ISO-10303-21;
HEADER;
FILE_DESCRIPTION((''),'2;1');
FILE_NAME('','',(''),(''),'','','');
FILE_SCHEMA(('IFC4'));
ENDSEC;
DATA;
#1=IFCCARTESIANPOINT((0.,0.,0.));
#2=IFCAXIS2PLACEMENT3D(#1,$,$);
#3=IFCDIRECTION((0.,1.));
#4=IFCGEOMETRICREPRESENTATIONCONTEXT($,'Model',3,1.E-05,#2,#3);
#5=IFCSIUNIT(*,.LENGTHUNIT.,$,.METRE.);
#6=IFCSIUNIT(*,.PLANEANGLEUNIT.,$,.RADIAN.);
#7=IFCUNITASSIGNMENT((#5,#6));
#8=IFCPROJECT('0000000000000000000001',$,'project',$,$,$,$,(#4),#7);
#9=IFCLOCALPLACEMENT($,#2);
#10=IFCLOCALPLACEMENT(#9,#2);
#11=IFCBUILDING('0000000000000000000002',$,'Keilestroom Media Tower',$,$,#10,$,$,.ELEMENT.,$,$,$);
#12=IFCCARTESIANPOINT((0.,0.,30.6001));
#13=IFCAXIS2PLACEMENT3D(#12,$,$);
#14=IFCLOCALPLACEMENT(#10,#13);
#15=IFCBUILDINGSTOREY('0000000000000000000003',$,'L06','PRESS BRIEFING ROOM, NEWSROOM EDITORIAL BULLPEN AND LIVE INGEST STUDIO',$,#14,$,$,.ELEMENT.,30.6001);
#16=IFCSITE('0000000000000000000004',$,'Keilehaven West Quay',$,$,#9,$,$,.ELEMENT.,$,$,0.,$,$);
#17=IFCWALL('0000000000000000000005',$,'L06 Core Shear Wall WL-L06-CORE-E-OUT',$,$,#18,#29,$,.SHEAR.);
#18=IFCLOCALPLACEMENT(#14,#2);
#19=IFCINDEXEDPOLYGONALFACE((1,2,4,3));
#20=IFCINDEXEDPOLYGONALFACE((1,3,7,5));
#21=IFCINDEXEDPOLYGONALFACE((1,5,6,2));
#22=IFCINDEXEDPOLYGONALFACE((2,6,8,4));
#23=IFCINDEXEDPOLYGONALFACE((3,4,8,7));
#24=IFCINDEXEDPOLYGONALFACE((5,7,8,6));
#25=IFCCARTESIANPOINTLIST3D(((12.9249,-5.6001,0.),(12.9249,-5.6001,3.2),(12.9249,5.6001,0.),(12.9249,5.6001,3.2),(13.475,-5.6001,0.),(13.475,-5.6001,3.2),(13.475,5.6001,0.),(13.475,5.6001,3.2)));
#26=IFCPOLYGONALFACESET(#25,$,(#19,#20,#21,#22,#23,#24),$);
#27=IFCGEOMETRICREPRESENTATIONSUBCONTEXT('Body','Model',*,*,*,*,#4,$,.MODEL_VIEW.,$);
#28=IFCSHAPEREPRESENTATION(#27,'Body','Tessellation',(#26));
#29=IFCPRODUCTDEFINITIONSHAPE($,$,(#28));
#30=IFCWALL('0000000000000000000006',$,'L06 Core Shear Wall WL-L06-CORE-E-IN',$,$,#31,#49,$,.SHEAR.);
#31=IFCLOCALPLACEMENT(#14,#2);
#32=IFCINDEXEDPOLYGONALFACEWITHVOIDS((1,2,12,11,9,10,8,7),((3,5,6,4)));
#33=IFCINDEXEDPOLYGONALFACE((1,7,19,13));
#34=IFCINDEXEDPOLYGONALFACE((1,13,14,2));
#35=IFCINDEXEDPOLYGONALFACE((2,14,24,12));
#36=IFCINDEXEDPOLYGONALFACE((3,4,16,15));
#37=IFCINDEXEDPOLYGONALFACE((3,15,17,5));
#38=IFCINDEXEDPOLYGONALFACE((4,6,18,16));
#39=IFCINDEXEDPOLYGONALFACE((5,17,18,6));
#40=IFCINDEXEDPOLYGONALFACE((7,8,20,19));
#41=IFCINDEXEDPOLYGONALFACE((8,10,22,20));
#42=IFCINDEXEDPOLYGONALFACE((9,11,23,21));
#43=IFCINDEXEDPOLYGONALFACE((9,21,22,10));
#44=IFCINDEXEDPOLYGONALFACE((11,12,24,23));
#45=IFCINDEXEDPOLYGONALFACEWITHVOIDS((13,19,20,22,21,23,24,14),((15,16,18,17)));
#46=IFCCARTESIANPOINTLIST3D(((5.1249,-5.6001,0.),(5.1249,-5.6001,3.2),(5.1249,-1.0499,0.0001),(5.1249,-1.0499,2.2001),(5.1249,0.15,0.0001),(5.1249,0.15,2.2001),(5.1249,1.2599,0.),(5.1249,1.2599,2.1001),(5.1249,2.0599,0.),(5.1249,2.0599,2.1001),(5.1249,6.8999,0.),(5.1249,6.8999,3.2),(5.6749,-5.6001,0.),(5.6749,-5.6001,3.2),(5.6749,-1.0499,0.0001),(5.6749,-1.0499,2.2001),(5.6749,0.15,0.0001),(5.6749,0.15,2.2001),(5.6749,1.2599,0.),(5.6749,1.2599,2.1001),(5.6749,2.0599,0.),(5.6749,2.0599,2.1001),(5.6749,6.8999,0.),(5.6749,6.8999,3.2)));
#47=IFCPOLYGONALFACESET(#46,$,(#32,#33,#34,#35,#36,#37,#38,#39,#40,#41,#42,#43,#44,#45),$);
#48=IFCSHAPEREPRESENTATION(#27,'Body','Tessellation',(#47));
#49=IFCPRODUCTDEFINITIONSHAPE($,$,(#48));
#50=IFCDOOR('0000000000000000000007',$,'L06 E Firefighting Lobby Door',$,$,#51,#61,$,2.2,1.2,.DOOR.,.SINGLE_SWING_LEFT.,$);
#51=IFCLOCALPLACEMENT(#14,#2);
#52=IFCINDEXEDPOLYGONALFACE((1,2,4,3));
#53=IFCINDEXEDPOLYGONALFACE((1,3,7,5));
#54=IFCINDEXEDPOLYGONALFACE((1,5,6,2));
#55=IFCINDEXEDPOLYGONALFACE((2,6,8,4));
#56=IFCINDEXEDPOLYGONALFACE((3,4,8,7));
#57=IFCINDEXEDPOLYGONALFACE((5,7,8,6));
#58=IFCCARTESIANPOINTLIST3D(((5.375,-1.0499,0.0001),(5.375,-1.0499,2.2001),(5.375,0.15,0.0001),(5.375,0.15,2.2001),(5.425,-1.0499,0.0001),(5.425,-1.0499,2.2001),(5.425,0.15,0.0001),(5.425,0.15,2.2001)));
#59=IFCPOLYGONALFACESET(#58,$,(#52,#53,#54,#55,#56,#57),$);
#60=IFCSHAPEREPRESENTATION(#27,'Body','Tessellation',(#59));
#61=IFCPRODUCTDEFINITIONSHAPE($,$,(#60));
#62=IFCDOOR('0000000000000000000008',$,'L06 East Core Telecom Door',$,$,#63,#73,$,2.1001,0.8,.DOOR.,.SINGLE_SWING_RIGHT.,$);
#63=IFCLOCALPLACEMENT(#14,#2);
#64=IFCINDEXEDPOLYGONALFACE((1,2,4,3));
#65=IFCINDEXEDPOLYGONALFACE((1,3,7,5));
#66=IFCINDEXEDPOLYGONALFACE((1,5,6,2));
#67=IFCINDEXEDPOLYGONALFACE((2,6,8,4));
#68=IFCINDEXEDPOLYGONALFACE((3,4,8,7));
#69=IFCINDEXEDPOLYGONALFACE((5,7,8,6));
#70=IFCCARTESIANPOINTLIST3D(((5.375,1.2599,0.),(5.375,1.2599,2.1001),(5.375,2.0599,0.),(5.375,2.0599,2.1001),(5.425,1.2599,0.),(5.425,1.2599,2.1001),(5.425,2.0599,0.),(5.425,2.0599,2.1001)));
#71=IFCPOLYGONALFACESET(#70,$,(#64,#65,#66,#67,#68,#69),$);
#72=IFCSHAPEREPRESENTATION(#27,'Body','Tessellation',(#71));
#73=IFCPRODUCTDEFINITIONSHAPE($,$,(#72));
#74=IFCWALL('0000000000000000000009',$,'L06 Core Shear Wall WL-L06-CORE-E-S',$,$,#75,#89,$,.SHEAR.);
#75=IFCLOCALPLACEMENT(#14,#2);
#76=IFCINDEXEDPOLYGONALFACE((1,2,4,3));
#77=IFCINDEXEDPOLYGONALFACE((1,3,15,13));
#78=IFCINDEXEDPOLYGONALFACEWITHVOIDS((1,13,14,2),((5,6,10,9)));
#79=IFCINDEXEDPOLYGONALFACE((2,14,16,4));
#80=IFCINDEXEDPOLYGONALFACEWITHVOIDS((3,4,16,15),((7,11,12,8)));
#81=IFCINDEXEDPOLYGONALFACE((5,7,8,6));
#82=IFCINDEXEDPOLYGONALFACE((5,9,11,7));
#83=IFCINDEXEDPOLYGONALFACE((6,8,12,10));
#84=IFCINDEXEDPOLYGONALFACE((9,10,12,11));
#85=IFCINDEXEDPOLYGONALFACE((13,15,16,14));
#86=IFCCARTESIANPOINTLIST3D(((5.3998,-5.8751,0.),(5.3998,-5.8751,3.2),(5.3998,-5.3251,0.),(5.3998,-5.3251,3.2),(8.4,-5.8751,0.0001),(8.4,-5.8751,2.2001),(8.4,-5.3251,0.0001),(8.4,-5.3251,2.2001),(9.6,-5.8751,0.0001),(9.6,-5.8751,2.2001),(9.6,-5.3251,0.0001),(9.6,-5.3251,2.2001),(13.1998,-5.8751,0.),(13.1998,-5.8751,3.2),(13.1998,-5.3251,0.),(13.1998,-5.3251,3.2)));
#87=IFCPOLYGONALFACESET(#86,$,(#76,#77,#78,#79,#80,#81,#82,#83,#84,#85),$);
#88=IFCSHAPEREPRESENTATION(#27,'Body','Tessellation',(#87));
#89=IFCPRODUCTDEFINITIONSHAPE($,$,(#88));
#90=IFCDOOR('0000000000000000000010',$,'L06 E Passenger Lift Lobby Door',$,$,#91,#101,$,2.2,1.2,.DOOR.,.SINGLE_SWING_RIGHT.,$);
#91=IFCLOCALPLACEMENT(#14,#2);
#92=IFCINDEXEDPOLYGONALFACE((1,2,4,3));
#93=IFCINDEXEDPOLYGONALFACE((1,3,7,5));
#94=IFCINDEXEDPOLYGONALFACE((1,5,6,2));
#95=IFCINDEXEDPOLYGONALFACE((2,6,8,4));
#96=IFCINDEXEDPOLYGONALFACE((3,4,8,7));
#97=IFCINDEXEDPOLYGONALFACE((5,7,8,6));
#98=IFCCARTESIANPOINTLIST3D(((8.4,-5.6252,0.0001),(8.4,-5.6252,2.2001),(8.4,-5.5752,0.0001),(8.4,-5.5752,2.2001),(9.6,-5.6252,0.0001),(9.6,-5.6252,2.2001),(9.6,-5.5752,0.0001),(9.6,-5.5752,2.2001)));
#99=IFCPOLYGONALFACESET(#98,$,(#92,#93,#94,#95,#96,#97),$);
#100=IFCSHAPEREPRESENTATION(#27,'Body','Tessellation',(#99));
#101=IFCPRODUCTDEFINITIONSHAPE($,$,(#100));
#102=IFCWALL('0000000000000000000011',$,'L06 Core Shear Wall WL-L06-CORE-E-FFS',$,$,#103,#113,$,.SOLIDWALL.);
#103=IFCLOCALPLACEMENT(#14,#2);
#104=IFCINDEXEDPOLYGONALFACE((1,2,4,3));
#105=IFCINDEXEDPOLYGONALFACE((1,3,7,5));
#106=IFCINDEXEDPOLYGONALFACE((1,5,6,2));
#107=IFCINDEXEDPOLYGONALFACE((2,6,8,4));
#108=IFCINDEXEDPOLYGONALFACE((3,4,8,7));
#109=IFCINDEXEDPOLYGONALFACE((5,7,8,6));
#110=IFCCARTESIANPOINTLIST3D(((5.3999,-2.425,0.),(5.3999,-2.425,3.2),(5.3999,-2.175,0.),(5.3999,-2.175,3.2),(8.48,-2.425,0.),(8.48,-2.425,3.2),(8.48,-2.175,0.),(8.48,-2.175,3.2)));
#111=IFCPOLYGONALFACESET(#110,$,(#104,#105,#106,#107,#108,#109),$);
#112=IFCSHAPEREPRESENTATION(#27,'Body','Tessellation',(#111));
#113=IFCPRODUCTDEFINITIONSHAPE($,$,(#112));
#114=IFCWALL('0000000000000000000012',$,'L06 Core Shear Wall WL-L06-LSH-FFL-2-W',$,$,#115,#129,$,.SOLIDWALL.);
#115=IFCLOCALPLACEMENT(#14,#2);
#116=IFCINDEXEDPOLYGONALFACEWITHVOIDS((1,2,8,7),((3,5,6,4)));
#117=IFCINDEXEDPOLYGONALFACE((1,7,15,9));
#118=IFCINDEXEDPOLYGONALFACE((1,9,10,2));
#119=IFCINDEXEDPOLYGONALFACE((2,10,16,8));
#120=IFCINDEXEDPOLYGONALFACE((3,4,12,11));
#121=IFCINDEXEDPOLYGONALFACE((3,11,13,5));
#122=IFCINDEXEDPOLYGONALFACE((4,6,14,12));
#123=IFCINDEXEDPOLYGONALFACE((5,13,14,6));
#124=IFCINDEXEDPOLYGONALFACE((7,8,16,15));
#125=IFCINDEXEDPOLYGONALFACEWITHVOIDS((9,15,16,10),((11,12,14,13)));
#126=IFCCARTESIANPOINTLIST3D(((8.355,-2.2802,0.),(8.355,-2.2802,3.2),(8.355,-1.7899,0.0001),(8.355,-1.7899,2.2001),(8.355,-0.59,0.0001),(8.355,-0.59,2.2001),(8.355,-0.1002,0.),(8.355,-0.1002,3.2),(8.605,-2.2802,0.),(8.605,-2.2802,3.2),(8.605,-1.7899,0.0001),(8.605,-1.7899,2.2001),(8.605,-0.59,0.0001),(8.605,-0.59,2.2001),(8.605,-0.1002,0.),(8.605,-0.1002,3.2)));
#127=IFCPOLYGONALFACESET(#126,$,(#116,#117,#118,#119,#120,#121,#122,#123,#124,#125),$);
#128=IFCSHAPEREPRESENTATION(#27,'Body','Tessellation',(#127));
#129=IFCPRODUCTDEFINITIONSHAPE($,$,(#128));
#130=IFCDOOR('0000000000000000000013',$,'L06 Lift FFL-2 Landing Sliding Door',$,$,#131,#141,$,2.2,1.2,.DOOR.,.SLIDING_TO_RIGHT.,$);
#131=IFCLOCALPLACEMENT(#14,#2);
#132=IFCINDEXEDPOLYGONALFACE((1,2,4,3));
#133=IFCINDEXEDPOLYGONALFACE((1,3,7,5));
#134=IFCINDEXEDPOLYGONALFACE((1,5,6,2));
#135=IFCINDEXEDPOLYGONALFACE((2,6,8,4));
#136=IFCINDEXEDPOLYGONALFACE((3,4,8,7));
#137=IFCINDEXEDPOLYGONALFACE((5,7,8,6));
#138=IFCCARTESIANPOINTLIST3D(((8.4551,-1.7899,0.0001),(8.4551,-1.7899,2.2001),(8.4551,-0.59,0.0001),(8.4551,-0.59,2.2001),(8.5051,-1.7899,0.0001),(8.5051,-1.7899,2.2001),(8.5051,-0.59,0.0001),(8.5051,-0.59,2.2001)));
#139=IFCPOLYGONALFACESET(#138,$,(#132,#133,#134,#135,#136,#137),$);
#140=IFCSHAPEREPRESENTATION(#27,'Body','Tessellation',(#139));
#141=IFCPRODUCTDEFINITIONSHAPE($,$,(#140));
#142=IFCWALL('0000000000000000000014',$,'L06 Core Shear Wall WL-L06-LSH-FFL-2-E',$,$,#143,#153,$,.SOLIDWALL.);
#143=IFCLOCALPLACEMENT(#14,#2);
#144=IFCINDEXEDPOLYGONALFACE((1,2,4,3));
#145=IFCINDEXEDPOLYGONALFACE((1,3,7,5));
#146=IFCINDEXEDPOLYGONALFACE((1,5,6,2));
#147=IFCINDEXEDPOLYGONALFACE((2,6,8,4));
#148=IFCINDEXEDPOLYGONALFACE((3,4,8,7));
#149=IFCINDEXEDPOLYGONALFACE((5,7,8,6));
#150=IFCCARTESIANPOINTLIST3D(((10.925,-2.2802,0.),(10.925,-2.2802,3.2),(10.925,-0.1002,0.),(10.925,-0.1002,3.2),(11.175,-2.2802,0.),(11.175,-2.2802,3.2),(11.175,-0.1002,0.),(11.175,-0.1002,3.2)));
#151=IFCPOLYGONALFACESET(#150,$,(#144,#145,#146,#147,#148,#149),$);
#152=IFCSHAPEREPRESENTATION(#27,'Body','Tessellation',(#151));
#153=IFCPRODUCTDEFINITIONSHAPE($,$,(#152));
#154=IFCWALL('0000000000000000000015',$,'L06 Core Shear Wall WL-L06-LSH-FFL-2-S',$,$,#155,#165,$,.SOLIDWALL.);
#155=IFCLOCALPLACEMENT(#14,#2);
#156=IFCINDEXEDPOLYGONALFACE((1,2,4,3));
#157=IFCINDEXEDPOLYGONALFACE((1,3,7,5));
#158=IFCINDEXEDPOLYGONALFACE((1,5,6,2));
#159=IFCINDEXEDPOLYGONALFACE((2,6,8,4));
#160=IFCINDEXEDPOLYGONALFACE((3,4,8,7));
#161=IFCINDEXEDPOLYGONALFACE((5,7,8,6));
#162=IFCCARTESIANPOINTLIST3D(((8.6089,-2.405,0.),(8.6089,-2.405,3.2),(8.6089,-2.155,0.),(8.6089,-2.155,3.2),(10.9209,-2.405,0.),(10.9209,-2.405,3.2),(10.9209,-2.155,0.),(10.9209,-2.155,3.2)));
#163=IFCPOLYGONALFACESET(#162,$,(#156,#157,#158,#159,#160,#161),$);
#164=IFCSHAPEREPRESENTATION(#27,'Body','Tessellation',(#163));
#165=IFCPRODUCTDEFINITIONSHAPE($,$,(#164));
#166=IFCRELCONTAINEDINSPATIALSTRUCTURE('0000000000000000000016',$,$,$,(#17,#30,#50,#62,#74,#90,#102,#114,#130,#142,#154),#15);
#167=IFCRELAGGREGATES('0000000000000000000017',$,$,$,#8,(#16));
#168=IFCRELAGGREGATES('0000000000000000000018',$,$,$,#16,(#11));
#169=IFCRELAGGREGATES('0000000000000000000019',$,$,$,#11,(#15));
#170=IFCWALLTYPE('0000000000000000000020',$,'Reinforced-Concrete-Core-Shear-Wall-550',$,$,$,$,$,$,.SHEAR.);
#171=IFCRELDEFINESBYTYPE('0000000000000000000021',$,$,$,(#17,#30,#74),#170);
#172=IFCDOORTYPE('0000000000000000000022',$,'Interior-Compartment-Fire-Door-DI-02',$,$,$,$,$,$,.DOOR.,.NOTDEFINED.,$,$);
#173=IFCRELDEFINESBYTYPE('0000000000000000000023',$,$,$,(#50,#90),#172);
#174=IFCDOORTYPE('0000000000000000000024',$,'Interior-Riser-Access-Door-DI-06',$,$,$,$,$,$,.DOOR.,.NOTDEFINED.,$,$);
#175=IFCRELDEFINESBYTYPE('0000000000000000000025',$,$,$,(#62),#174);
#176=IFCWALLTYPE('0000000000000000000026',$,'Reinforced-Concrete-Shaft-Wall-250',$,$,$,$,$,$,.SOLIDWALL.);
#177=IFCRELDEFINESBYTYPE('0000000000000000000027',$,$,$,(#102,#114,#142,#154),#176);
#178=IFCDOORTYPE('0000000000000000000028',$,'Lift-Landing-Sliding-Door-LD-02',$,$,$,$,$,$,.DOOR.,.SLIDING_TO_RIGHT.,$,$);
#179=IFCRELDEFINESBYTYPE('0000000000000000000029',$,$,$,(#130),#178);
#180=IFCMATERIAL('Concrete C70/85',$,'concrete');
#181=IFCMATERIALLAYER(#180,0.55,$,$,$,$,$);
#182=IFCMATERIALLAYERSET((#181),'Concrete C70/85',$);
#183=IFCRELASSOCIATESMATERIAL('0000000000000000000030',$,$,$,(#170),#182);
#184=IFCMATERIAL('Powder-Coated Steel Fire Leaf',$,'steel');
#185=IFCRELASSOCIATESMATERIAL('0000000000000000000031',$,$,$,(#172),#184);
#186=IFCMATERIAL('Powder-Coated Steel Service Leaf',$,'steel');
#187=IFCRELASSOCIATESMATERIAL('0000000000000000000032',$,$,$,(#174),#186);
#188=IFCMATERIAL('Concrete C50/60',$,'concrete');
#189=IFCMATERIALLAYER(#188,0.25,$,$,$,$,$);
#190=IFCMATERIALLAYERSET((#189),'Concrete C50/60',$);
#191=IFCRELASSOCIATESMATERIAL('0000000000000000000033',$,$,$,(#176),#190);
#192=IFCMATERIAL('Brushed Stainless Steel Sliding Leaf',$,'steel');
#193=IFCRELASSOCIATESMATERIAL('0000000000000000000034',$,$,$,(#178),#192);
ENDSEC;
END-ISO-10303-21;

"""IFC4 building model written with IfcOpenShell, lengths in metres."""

from ifc_helpers import new_model, si_unit, direction, frame, frame_2d, origin, place, context, subcontext, project, spatial, rectangle, extrude, source, transform, mapped, material, layer, layer_set, type_object, element, fill, save


model = new_model("IFC4")

# Units and contexts
model_context = context("Model", 3, precision=1e-05, world=origin(), true_north=direction((0.0, 1.0)))
body_context = subcontext(model_context, "Body", "Model", "MODEL_VIEW")
ifc_project = project(units=[si_unit("LENGTHUNIT", "METRE"), si_unit("PLANEANGLEUNIT", "RADIAN")], contexts=[model_context])

# Site, building, storey
site_placement = place(None, origin())
site = spatial("IfcSite", under=ifc_project, at=site_placement, Name="Keilehaven West Quay", CompositionType="ELEMENT", RefElevation=0.0)
building_placement = place(site_placement, origin())
building = spatial("IfcBuilding", under=site, at=building_placement, Name="Keilestroom Media Tower", CompositionType="ELEMENT")
storey_placement = place(building_placement, frame((0.0, 0.0, 30.6001)))
storey = spatial("IfcBuildingStorey", under=building, at=storey_placement, Name="L06", Description="PRESS BRIEFING ROOM, NEWSROOM EDITORIAL BULLPEN AND LIVE INGEST STUDIO", CompositionType="ELEMENT", Elevation=30.6001)

# Shared definitions
ifc_material_1 = material(Name="Concrete C70/85", Category="concrete")

# Wall
ifc_layer_1 = layer(ifc_material_1, 0.55)
ifc_layer_set_1 = layer_set([ifc_layer_1], Name="Concrete C70/85")
wall_type_1 = type_object("IfcWallType", Name="Reinforced-Concrete-Core-Shear-Wall-550", PredefinedType="SHEAR", material=ifc_layer_set_1)
wall_1_placement = place(storey_placement, frame((13.2, -5.6001, 0.0), z_axis=(0.0, 0.0, 1.0), x_axis=(0.0, 1.0, 0.0)))
element("IfcWall", 1, at=wall_1_placement, inside=storey, type_object=wall_type_1, Name="L06 Core Shear Wall WL-L06-CORE-E-OUT", PredefinedType="SHEAR", context=body_context, shape_type="SweptSolid", body=[
    extrude(rectangle(XDim=11.2002, YDim=0.55, at=frame_2d((5.6001, 0.0))), origin(), (0.0, 0.0, 1.0), 3.2),
])

# Wall, openings, doors
wall_2_placement = place(storey_placement, frame((5.3999, -5.6001, 0.0), z_axis=(0.0, 0.0, 1.0), x_axis=(0.0, 1.0, 0.0)))
wall_2 = element("IfcWall", 2, at=wall_2_placement, inside=storey, type_object=wall_type_1, Name="L06 Core Shear Wall WL-L06-CORE-E-IN", PredefinedType="SHEAR", context=body_context, shape_type="SweptSolid", body=[
    extrude(rectangle(XDim=12.5, YDim=0.55, at=frame_2d((6.25, 0.0))), origin(), (0.0, 0.0, 1.0), 3.2),
])
opening_1_placement = place(wall_2_placement, frame((4.55, 0.0, 0.0)))
opening_1 = element("IfcOpeningElement", 3, at=opening_1_placement, cuts=wall_2, PredefinedType="OPENING", context=body_context, shape_type="SweptSolid", body=[
    extrude(rectangle(XDim=1.2, YDim=2.2, at=frame_2d((0.6001, 1.1001))), frame((0.0, 0.2852, 0.0), z_axis=(0.0, -1.0, 0.0), x_axis=(1.0, 0.0, 0.0)), (0.0, 0.0, 1.0), 0.5701),
])
opening_2_placement = place(wall_2_placement, frame((6.8601, 0.0, 0.0)))
opening_2 = element("IfcOpeningElement", 4, at=opening_2_placement, cuts=wall_2, PredefinedType="OPENING", context=body_context, shape_type="SweptSolid", body=[
    extrude(rectangle(XDim=0.8, YDim=2.1001, at=frame_2d((0.3999, 1.05))), frame((0.0, 0.2852, 0.0), z_axis=(0.0, -1.0, 0.0), x_axis=(1.0, 0.0, 0.0)), (0.0, 0.0, 1.0), 0.5701),
])
ifc_material_2 = material(Name="Powder-Coated Steel Fire Leaf", Category="steel")
door_type_1 = type_object("IfcDoorType", Name="Interior-Compartment-Fire-Door-DI-02", OperationType="NOTDEFINED", PredefinedType="DOOR", material=ifc_material_2)
shared_shape_1 = source(origin(), body_context, "Body", "SweptSolid", [
    extrude(rectangle(XDim=1.2, YDim=2.2, at=frame_2d((0.6001, 1.1001))), frame((0.0, 0.0249, 0.0), z_axis=(0.0, -1.0, 0.0), x_axis=(1.0, 0.0, 0.0)), (0.0, 0.0, 1.0), 0.05),
])
door_1_placement = place(opening_1_placement, origin())
door_1 = element("IfcDoor", 5, at=door_1_placement, inside=storey, type_object=door_type_1, Name="L06 E Firefighting Lobby Door", OperationType="SINGLE_SWING_LEFT", OverallHeight=2.2, OverallWidth=1.2, PredefinedType="DOOR", context=body_context, shape_type="MappedRepresentation", body=[
    mapped(shared_shape_1, transform((0.0, 0.0, 0.0), x_axis=(1.0, 0.0, 0.0), y_axis=(0.0, 1.0, 0.0), z_axis=(0.0, 0.0, 1.0), scale=1.0)),
])
fill(opening_1, door_1)
ifc_material_3 = material(Name="Powder-Coated Steel Service Leaf", Category="steel")
door_type_2 = type_object("IfcDoorType", Name="Interior-Riser-Access-Door-DI-06", OperationType="NOTDEFINED", PredefinedType="DOOR", material=ifc_material_3)
shared_shape_2 = source(origin(), body_context, "Body", "SweptSolid", [
    extrude(rectangle(XDim=0.8, YDim=2.1001, at=frame_2d((0.3999, 1.05))), frame((0.0, 0.0249, 0.0), z_axis=(0.0, -1.0, 0.0), x_axis=(1.0, 0.0, 0.0)), (0.0, 0.0, 1.0), 0.05),
])
door_2_placement = place(opening_2_placement, origin())
door_2 = element("IfcDoor", 6, at=door_2_placement, inside=storey, type_object=door_type_2, Name="L06 East Core Telecom Door", OperationType="SINGLE_SWING_RIGHT", OverallHeight=2.1001, OverallWidth=0.8, PredefinedType="DOOR", context=body_context, shape_type="MappedRepresentation", body=[
    mapped(shared_shape_2, transform((0.0, 0.0, 0.0), x_axis=(1.0, 0.0, 0.0), y_axis=(0.0, 1.0, 0.0), z_axis=(0.0, 0.0, 1.0), scale=1.0)),
])
fill(opening_2, door_2)

# Wall, opening, door
wall_3_placement = place(storey_placement, frame((5.3999, -5.6001, 0.0), z_axis=(0.0, 0.0, 1.0), x_axis=(1.0, 0.0, 0.0)))
wall_3 = element("IfcWall", 7, at=wall_3_placement, inside=storey, type_object=wall_type_1, Name="L06 Core Shear Wall WL-L06-CORE-E-S", PredefinedType="SHEAR", context=body_context, shape_type="SweptSolid", body=[
    extrude(rectangle(XDim=7.8, YDim=0.55, at=frame_2d((3.8999, 0.0))), origin(), (0.0, 0.0, 1.0), 3.2),
])
opening_3_placement = place(wall_3_placement, frame((3.0, 0.0, 0.0)))
opening_3 = element("IfcOpeningElement", 8, at=opening_3_placement, cuts=wall_3, PredefinedType="OPENING", context=body_context, shape_type="SweptSolid", body=[
    extrude(rectangle(XDim=1.2, YDim=2.2, at=frame_2d((0.6001, 1.1001))), frame((0.0, 0.2852, 0.0), z_axis=(0.0, -1.0, 0.0), x_axis=(1.0, 0.0, 0.0)), (0.0, 0.0, 1.0), 0.5701),
])
door_3_placement = place(opening_3_placement, origin())
door_3 = element("IfcDoor", 9, at=door_3_placement, inside=storey, type_object=door_type_1, Name="L06 E Passenger Lift Lobby Door", OperationType="SINGLE_SWING_RIGHT", OverallHeight=2.2, OverallWidth=1.2, PredefinedType="DOOR", context=body_context, shape_type="MappedRepresentation", body=[
    mapped(shared_shape_1, transform((0.0, 0.0, 0.0), x_axis=(1.0, 0.0, 0.0), y_axis=(0.0, 1.0, 0.0), z_axis=(0.0, 0.0, 1.0), scale=1.0)),
])
fill(opening_3, door_3)

# Wall
ifc_material_4 = material(Name="Concrete C50/60", Category="concrete")
ifc_layer_2 = layer(ifc_material_4, 0.25)
ifc_layer_set_2 = layer_set([ifc_layer_2], Name="Concrete C50/60")
wall_type_2 = type_object("IfcWallType", Name="Reinforced-Concrete-Shaft-Wall-250", PredefinedType="SOLIDWALL", material=ifc_layer_set_2)
wall_4_placement = place(storey_placement, frame((5.3999, -2.3, 0.0), z_axis=(0.0, 0.0, 1.0), x_axis=(1.0, 0.0, 0.0)))
element("IfcWall", 10, at=wall_4_placement, inside=storey, type_object=wall_type_2, Name="L06 Core Shear Wall WL-L06-CORE-E-FFS", PredefinedType="SOLIDWALL", context=body_context, shape_type="SweptSolid", body=[
    extrude(rectangle(XDim=3.0801, YDim=0.25, at=frame_2d((1.54, 0.0))), origin(), (0.0, 0.0, 1.0), 3.2),
])

# Wall, opening, door
wall_5_placement = place(storey_placement, frame((8.48, -2.28, 0.0), z_axis=(0.0, 0.0, 1.0), x_axis=(0.0, 1.0, 0.0)))
wall_5 = element("IfcWall", 11, at=wall_5_placement, inside=storey, type_object=wall_type_2, Name="L06 Core Shear Wall WL-L06-LSH-FFL-2-W", PredefinedType="SOLIDWALL", context=body_context, shape_type="SweptSolid", body=[
    extrude(rectangle(XDim=2.1799, YDim=0.25, at=frame_2d((1.0898, 0.0))), origin(), (0.0, 0.0, 1.0), 3.2),
])
opening_4_placement = place(wall_5_placement, frame((0.49, 0.0, 0.0)))
opening_4 = element("IfcOpeningElement", 12, at=opening_4_placement, cuts=wall_5, PredefinedType="OPENING", context=body_context, shape_type="SweptSolid", body=[
    extrude(rectangle(XDim=1.2, YDim=2.2, at=frame_2d((0.6001, 1.1001))), frame((0.0, 0.135, 0.0), z_axis=(0.0, -1.0, 0.0), x_axis=(1.0, 0.0, 0.0)), (0.0, 0.0, 1.0), 0.27),
])
ifc_material_5 = material(Name="Brushed Stainless Steel Sliding Leaf", Category="steel")
door_type_3 = type_object("IfcDoorType", Name="Lift-Landing-Sliding-Door-LD-02", OperationType="SLIDING_TO_RIGHT", PredefinedType="DOOR", material=ifc_material_5)
door_4_placement = place(opening_4_placement, origin())
door_4 = element("IfcDoor", 13, at=door_4_placement, inside=storey, type_object=door_type_3, Name="L06 Lift FFL-2 Landing Sliding Door", OperationType="SLIDING_TO_RIGHT", OverallHeight=2.2, OverallWidth=1.2, PredefinedType="DOOR", context=body_context, shape_type="MappedRepresentation", body=[
    mapped(shared_shape_1, transform((0.0, 0.0, 0.0), x_axis=(1.0, 0.0, 0.0), y_axis=(0.0, 1.0, 0.0), z_axis=(0.0, 0.0, 1.0), scale=1.0)),
])
fill(opening_4, door_4)

# Walls
wall_6_placement = place(storey_placement, frame((11.05, -2.28, 0.0), z_axis=(0.0, 0.0, 1.0), x_axis=(0.0, 1.0, 0.0)))
element("IfcWall", 14, at=wall_6_placement, inside=storey, type_object=wall_type_2, Name="L06 Core Shear Wall WL-L06-LSH-FFL-2-E", PredefinedType="SOLIDWALL", context=body_context, shape_type="SweptSolid", body=[
    extrude(rectangle(XDim=2.1799, YDim=0.25, at=frame_2d((1.0898, 0.0))), origin(), (0.0, 0.0, 1.0), 3.2),
])
wall_7_placement = place(storey_placement, frame((8.6089, -2.28, 0.0), z_axis=(0.0, 0.0, 1.0), x_axis=(1.0, 0.0, 0.0)))
element("IfcWall", 15, at=wall_7_placement, inside=storey, type_object=wall_type_2, Name="L06 Core Shear Wall WL-L06-LSH-FFL-2-S", PredefinedType="SOLIDWALL", context=body_context, shape_type="SweptSolid", body=[
    extrude(rectangle(XDim=2.312, YDim=0.25, at=frame_2d((1.156, 0.0))), origin(), (0.0, 0.0, 1.0), 3.2),
])

save(model, "model.ifc")
